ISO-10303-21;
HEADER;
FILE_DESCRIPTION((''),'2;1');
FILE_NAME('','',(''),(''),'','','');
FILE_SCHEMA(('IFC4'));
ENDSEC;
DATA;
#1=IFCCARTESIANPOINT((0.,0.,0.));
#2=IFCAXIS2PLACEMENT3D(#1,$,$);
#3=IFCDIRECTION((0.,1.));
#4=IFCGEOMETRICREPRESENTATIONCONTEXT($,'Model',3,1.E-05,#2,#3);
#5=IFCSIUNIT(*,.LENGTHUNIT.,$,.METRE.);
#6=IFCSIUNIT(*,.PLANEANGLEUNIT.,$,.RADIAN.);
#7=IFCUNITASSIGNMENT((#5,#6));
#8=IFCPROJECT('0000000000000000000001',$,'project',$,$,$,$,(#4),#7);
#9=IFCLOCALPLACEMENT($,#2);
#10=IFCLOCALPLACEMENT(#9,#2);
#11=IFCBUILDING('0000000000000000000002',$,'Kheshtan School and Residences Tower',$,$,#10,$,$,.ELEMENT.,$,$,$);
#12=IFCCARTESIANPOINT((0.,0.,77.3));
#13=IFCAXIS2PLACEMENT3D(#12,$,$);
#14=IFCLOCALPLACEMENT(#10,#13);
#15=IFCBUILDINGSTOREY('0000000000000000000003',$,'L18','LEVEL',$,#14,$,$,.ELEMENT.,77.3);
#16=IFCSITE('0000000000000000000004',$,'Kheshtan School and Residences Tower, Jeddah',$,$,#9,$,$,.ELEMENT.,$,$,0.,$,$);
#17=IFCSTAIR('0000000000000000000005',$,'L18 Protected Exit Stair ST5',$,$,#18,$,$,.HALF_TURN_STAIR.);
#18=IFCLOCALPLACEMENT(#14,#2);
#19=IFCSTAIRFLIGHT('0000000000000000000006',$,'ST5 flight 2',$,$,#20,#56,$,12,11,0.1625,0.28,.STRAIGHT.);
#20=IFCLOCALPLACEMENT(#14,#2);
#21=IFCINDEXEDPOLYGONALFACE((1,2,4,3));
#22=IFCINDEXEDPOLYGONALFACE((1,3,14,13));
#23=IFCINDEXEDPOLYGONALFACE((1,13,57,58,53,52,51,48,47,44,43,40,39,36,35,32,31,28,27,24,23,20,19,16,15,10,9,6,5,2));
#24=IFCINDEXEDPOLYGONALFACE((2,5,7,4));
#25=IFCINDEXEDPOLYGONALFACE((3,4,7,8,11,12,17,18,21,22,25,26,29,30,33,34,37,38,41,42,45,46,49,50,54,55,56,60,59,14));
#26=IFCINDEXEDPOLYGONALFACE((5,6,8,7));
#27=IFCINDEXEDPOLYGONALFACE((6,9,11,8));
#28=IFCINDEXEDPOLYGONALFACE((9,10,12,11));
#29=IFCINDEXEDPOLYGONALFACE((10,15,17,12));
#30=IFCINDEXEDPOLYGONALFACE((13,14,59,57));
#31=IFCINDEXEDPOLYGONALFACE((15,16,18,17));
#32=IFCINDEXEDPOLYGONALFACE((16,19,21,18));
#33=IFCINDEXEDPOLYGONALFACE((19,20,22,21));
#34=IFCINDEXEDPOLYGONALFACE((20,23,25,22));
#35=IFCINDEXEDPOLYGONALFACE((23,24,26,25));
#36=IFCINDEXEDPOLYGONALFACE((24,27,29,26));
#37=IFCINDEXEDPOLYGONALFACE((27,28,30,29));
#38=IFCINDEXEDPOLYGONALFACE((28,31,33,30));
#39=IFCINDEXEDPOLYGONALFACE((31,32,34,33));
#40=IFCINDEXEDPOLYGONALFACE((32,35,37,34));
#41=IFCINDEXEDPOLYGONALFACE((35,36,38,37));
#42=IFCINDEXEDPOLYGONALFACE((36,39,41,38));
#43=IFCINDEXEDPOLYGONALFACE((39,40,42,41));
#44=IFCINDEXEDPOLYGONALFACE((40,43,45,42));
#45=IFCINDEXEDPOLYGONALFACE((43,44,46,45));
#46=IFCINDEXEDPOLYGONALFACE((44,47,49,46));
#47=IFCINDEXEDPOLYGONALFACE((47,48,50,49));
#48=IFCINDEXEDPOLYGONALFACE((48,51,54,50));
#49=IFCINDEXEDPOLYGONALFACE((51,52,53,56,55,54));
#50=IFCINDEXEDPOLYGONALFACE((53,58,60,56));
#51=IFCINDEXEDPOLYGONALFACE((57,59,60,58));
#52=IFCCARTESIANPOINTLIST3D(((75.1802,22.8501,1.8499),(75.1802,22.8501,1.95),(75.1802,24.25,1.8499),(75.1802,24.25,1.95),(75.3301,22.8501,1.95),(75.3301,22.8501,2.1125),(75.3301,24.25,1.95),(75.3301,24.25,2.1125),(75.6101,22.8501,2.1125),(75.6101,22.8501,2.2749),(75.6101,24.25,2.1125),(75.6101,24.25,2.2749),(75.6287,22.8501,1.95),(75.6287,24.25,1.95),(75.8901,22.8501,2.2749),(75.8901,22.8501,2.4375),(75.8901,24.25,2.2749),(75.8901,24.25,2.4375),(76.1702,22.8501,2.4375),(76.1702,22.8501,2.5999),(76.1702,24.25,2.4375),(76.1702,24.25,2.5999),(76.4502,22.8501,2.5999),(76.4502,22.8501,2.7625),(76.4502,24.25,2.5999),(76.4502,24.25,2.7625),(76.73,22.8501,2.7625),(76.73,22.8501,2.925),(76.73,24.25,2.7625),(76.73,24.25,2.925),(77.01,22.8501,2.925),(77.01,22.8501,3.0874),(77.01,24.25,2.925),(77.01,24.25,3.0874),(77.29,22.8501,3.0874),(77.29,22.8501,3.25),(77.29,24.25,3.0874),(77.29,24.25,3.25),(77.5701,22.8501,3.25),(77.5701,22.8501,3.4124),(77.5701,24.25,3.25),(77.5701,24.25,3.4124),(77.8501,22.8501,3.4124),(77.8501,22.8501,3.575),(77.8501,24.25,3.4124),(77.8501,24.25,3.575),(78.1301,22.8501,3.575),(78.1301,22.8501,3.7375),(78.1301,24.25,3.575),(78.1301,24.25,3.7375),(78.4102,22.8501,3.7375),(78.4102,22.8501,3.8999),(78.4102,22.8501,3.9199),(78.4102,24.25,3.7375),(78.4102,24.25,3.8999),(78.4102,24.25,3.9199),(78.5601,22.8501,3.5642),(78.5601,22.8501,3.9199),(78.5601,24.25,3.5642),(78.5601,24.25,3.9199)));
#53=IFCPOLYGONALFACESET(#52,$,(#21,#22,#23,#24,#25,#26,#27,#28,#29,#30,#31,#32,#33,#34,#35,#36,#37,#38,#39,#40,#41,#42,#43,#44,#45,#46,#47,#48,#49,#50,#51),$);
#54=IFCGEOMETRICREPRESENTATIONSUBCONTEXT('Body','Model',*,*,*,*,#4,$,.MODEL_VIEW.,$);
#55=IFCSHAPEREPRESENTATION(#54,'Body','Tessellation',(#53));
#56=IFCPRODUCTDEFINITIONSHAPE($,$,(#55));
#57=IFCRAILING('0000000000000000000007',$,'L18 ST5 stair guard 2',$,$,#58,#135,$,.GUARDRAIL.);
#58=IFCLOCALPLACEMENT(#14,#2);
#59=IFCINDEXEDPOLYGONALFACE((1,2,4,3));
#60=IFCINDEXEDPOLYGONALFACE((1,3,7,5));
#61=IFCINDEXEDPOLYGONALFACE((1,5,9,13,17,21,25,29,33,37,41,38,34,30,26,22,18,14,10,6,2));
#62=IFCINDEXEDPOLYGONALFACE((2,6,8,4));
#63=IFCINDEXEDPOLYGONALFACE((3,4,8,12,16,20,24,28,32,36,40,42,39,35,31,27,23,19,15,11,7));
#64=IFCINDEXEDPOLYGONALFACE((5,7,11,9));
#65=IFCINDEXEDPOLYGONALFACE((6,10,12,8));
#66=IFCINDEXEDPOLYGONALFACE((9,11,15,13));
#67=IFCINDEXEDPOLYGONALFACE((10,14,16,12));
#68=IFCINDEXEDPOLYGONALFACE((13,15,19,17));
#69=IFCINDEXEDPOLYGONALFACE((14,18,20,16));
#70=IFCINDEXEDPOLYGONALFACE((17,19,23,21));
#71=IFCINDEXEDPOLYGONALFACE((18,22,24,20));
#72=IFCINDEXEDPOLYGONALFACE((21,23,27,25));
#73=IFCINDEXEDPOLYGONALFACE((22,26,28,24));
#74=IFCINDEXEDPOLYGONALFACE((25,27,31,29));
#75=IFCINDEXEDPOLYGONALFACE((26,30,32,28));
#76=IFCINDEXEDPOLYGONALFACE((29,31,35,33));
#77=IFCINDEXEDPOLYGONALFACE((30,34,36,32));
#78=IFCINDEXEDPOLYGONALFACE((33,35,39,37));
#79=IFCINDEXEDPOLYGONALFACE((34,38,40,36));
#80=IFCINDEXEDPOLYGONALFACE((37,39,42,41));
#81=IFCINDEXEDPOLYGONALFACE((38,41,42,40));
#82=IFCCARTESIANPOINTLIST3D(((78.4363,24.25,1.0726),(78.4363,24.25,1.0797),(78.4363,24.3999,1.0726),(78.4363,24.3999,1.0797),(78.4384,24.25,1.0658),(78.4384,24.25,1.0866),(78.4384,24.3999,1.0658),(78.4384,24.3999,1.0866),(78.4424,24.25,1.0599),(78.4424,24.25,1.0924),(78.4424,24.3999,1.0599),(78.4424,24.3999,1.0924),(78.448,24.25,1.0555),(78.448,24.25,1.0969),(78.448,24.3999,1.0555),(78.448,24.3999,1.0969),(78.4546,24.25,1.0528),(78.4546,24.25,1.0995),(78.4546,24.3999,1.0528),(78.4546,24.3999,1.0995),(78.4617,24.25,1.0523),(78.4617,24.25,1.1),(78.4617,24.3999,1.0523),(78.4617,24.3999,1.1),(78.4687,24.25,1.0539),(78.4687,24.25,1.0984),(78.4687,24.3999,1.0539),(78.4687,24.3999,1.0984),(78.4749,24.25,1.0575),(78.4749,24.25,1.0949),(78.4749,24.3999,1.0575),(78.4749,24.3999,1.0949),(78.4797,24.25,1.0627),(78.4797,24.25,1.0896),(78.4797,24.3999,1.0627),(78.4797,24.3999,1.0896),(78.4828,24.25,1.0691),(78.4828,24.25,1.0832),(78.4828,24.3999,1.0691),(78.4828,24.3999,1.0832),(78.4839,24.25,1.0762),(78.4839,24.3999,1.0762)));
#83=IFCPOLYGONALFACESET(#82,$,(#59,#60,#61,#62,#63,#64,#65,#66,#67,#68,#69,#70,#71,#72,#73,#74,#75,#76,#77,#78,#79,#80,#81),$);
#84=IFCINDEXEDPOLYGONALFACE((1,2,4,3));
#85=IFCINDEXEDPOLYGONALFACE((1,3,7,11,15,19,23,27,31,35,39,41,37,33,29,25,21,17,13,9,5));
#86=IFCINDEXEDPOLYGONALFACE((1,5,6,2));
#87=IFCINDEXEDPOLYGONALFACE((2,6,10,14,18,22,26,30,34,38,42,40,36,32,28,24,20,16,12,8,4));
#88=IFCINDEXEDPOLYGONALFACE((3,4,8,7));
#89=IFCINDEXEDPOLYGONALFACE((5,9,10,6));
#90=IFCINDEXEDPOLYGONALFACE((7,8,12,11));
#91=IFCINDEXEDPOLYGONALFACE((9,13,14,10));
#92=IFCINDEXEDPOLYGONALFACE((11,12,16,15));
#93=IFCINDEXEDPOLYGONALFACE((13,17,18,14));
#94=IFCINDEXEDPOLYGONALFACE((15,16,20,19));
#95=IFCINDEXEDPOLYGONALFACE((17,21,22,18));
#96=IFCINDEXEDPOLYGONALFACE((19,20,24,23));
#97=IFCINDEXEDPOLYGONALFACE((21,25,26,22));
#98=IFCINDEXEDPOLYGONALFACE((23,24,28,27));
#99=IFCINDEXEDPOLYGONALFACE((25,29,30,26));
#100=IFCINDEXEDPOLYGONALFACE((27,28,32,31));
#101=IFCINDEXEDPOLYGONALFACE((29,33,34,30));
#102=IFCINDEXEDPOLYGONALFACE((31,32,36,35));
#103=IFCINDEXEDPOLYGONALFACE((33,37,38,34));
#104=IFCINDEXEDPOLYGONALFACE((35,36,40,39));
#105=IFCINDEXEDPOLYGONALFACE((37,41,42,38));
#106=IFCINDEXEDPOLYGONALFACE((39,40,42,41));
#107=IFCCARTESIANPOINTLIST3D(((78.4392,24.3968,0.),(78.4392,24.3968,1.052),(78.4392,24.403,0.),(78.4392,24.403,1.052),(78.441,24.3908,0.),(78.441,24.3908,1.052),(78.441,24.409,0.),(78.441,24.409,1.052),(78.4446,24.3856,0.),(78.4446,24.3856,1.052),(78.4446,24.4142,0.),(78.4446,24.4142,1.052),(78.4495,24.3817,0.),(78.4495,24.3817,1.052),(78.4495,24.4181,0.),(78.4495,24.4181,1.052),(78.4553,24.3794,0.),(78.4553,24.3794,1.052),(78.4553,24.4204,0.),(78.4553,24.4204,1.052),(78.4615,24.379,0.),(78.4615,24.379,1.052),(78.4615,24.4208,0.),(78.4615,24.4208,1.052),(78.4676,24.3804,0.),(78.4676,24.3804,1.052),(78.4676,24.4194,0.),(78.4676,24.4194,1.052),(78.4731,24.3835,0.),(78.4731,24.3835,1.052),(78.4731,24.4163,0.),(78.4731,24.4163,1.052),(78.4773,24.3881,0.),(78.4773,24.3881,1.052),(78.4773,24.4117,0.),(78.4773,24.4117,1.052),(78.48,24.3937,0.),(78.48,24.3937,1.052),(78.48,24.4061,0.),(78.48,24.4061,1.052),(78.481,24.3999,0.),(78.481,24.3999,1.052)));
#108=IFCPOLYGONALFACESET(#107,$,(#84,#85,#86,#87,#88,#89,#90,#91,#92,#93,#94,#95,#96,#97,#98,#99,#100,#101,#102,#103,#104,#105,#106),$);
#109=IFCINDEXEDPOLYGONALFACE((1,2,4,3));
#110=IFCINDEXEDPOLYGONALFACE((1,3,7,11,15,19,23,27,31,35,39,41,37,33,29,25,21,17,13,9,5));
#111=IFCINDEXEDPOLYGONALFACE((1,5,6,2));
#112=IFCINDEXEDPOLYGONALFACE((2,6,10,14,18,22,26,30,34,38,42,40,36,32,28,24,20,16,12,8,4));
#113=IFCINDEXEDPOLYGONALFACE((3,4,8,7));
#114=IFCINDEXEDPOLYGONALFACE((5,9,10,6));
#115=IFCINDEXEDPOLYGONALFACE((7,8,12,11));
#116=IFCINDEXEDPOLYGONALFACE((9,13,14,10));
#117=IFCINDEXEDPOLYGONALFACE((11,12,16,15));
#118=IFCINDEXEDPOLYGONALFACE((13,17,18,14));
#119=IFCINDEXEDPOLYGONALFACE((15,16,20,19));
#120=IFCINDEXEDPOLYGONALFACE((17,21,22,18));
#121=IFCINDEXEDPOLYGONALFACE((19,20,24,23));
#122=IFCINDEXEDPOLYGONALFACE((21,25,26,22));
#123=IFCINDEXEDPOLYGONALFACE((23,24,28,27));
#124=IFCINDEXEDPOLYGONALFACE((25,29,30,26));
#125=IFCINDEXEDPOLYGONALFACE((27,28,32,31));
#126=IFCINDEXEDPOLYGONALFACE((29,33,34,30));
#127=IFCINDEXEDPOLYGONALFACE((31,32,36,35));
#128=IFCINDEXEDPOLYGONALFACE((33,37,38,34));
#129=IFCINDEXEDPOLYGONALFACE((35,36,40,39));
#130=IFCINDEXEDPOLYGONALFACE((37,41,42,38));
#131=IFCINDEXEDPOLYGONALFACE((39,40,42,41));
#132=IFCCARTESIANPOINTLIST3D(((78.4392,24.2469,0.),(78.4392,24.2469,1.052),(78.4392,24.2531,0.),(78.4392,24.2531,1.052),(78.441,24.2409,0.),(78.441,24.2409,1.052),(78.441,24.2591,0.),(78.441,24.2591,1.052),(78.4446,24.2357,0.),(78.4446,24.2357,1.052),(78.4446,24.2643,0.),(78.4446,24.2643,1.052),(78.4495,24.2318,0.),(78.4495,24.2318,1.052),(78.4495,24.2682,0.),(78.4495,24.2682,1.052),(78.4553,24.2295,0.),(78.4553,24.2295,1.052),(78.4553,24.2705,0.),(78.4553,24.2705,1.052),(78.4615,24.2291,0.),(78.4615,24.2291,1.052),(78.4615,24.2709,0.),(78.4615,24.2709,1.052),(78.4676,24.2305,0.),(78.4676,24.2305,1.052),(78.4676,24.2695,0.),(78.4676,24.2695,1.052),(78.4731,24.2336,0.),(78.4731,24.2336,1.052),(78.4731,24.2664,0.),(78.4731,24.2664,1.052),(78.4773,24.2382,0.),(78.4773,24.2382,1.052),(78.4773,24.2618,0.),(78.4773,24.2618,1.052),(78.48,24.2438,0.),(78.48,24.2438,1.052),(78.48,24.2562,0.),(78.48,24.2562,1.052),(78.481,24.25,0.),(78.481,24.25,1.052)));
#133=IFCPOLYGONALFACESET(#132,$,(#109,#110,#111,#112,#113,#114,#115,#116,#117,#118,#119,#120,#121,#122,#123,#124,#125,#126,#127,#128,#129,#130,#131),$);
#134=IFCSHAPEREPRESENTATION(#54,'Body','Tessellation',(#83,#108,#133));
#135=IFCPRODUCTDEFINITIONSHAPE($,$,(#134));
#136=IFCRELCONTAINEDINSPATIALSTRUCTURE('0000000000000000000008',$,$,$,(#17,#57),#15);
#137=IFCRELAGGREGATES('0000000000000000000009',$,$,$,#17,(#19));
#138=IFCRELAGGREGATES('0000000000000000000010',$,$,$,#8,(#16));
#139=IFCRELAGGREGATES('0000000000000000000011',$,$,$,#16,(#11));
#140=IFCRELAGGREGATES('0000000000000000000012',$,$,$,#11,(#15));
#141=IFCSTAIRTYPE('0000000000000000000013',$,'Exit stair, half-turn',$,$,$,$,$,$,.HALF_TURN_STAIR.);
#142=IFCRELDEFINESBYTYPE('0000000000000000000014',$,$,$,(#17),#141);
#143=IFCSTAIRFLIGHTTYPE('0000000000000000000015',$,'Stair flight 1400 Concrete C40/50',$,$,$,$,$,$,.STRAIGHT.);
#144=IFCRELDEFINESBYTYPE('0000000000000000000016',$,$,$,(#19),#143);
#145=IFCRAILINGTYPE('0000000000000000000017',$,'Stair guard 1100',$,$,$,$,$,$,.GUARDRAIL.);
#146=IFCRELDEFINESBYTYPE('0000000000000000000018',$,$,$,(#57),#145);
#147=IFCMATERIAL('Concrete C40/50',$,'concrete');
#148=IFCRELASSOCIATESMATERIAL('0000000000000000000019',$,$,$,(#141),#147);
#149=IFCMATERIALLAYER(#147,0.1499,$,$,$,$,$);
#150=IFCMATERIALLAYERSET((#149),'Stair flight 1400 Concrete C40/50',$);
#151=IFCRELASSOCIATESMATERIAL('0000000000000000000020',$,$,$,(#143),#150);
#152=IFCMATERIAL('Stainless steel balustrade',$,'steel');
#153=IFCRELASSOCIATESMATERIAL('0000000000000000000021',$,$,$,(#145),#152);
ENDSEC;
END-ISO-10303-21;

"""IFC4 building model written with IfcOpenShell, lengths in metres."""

from ifc_helpers import new_model, si_unit, direction, frame, origin, origin_2d, place, context, subcontext, project, spatial, polyline, circle, outline, extrude, material, layer, layer_set, type_object, element, aggregate, save


model = new_model("IFC4")

# Units and contexts
model_context = context("Model", 3, precision=1e-05, world=origin(), true_north=direction((0.0, 1.0)))
body_context = subcontext(model_context, "Body", "Model", "MODEL_VIEW")
ifc_project = project(units=[si_unit("LENGTHUNIT", "METRE"), si_unit("PLANEANGLEUNIT", "RADIAN")], contexts=[model_context])

# Site, building, storey
site_placement = place(None, origin())
site = spatial("IfcSite", under=ifc_project, at=site_placement, Name="Kheshtan School and Residences Tower, Jeddah", CompositionType="ELEMENT", RefElevation=0.0)
building_placement = place(site_placement, origin())
building = spatial("IfcBuilding", under=site, at=building_placement, Name="Kheshtan School and Residences Tower", CompositionType="ELEMENT")
storey_placement = place(building_placement, frame((0.0, 0.0, 77.3)))
storey = spatial("IfcBuildingStorey", under=building, at=storey_placement, Name="L18", Description="LEVEL", CompositionType="ELEMENT", Elevation=77.3)

# Shared definitions
ifc_material_1 = material(Name="Concrete C40/50", Category="concrete")

# Stair, stair flight
stair_type = type_object("IfcStairType", Name="Exit stair, half-turn", PredefinedType="HALF_TURN_STAIR", material=ifc_material_1)
stair_placement = place(storey_placement, origin())
stair = element("IfcStair", 1, at=stair_placement, inside=storey, type_object=stair_type, Name="L18 Protected Exit Stair ST5", PredefinedType="HALF_TURN_STAIR")
ifc_layer_1 = layer(ifc_material_1, 0.1499)
ifc_layer_set_1 = layer_set([ifc_layer_1], Name="Stair flight 1400 Concrete C40/50")
stair_flight_type = type_object("IfcStairFlightType", Name="Stair flight 1400 Concrete C40/50", PredefinedType="STRAIGHT", material=ifc_layer_set_1)
stair_flight_1_placement = place(storey_placement, frame((75.3301, 23.55, 1.95), z_axis=(0.0, 0.0, 1.0), x_axis=(1.0, 0.0, 0.0)))
stair_flight_1 = element("IfcStairFlight", 2, at=stair_flight_1_placement, type_object=stair_flight_type, Name="ST5 flight 2", NumberOfRisers=12, NumberOfTreads=11, PredefinedType="STRAIGHT", RiserHeight=0.1625, TreadLength=0.28, context=body_context, shape_type="SweptSolid", body=[
    extrude(outline(polyline([(-0.1499, -0.1001), (-0.1499, 0.0), (0.0, 0.0), (0.0, 0.1626), (0.28, 0.1626), (0.28, 0.325), (0.5601, 0.325), (0.5601, 0.4875), (0.8401, 0.4875), (0.8401, 0.6499), (1.1201, 0.6499), (1.1201, 0.8125), (1.3999, 0.8125), (1.3999, 0.9751), (1.6799, 0.9751), (1.6799, 1.1375), (1.96, 1.1375), (1.96, 1.3), (2.24, 1.3), (2.24, 1.4624), (2.52, 1.4624), (2.52, 1.625), (2.8, 1.625), (2.8, 1.7876), (3.0801, 1.7876), (3.0801, 1.95), (3.0801, 1.97), (3.23, 1.97), (3.23, 1.6143), (0.2986, 0.0), (-0.1499, -0.1001)])), frame((0.0, 0.7, 0.0), z_axis=(0.0, -1.0, 0.0), x_axis=(1.0, 0.0, 0.0)), (0.0, 0.0, 1.0), 1.3999),
])
aggregate(stair, [stair_flight_1])

# Railing
ifc_material_2 = material(Name="Stainless steel balustrade", Category="steel")
railing_type_1 = type_object("IfcRailingType", Name="Stair guard 1100", PredefinedType="GUARDRAIL", material=ifc_material_2)
railing_1_placement = place(storey_placement, frame((78.46, 24.3999, 0.0)))
element("IfcRailing", 3, at=railing_1_placement, inside=storey, type_object=railing_type_1, Name="L18 ST5 stair guard 2", PredefinedType="GUARDRAIL", context=body_context, shape_type="SweptSolid", body=[
    extrude(circle(Radius=0.0239, at=origin_2d()), frame((0.0, 0.0, 1.0762), z_axis=(0.0, -1.0, 0.0), x_axis=(1.0, 0.0, 0.0)), (0.0, 0.0, 1.0), 0.1499),
    extrude(circle(Radius=0.021, at=origin_2d()), origin(), (0.0, 0.0, 1.0), 1.052),
    extrude(circle(Radius=0.021, at=origin_2d()), frame((0.0, -0.1499, 0.0)), (0.0, 0.0, 1.0), 1.052),
])

save(model, "model.ifc")
